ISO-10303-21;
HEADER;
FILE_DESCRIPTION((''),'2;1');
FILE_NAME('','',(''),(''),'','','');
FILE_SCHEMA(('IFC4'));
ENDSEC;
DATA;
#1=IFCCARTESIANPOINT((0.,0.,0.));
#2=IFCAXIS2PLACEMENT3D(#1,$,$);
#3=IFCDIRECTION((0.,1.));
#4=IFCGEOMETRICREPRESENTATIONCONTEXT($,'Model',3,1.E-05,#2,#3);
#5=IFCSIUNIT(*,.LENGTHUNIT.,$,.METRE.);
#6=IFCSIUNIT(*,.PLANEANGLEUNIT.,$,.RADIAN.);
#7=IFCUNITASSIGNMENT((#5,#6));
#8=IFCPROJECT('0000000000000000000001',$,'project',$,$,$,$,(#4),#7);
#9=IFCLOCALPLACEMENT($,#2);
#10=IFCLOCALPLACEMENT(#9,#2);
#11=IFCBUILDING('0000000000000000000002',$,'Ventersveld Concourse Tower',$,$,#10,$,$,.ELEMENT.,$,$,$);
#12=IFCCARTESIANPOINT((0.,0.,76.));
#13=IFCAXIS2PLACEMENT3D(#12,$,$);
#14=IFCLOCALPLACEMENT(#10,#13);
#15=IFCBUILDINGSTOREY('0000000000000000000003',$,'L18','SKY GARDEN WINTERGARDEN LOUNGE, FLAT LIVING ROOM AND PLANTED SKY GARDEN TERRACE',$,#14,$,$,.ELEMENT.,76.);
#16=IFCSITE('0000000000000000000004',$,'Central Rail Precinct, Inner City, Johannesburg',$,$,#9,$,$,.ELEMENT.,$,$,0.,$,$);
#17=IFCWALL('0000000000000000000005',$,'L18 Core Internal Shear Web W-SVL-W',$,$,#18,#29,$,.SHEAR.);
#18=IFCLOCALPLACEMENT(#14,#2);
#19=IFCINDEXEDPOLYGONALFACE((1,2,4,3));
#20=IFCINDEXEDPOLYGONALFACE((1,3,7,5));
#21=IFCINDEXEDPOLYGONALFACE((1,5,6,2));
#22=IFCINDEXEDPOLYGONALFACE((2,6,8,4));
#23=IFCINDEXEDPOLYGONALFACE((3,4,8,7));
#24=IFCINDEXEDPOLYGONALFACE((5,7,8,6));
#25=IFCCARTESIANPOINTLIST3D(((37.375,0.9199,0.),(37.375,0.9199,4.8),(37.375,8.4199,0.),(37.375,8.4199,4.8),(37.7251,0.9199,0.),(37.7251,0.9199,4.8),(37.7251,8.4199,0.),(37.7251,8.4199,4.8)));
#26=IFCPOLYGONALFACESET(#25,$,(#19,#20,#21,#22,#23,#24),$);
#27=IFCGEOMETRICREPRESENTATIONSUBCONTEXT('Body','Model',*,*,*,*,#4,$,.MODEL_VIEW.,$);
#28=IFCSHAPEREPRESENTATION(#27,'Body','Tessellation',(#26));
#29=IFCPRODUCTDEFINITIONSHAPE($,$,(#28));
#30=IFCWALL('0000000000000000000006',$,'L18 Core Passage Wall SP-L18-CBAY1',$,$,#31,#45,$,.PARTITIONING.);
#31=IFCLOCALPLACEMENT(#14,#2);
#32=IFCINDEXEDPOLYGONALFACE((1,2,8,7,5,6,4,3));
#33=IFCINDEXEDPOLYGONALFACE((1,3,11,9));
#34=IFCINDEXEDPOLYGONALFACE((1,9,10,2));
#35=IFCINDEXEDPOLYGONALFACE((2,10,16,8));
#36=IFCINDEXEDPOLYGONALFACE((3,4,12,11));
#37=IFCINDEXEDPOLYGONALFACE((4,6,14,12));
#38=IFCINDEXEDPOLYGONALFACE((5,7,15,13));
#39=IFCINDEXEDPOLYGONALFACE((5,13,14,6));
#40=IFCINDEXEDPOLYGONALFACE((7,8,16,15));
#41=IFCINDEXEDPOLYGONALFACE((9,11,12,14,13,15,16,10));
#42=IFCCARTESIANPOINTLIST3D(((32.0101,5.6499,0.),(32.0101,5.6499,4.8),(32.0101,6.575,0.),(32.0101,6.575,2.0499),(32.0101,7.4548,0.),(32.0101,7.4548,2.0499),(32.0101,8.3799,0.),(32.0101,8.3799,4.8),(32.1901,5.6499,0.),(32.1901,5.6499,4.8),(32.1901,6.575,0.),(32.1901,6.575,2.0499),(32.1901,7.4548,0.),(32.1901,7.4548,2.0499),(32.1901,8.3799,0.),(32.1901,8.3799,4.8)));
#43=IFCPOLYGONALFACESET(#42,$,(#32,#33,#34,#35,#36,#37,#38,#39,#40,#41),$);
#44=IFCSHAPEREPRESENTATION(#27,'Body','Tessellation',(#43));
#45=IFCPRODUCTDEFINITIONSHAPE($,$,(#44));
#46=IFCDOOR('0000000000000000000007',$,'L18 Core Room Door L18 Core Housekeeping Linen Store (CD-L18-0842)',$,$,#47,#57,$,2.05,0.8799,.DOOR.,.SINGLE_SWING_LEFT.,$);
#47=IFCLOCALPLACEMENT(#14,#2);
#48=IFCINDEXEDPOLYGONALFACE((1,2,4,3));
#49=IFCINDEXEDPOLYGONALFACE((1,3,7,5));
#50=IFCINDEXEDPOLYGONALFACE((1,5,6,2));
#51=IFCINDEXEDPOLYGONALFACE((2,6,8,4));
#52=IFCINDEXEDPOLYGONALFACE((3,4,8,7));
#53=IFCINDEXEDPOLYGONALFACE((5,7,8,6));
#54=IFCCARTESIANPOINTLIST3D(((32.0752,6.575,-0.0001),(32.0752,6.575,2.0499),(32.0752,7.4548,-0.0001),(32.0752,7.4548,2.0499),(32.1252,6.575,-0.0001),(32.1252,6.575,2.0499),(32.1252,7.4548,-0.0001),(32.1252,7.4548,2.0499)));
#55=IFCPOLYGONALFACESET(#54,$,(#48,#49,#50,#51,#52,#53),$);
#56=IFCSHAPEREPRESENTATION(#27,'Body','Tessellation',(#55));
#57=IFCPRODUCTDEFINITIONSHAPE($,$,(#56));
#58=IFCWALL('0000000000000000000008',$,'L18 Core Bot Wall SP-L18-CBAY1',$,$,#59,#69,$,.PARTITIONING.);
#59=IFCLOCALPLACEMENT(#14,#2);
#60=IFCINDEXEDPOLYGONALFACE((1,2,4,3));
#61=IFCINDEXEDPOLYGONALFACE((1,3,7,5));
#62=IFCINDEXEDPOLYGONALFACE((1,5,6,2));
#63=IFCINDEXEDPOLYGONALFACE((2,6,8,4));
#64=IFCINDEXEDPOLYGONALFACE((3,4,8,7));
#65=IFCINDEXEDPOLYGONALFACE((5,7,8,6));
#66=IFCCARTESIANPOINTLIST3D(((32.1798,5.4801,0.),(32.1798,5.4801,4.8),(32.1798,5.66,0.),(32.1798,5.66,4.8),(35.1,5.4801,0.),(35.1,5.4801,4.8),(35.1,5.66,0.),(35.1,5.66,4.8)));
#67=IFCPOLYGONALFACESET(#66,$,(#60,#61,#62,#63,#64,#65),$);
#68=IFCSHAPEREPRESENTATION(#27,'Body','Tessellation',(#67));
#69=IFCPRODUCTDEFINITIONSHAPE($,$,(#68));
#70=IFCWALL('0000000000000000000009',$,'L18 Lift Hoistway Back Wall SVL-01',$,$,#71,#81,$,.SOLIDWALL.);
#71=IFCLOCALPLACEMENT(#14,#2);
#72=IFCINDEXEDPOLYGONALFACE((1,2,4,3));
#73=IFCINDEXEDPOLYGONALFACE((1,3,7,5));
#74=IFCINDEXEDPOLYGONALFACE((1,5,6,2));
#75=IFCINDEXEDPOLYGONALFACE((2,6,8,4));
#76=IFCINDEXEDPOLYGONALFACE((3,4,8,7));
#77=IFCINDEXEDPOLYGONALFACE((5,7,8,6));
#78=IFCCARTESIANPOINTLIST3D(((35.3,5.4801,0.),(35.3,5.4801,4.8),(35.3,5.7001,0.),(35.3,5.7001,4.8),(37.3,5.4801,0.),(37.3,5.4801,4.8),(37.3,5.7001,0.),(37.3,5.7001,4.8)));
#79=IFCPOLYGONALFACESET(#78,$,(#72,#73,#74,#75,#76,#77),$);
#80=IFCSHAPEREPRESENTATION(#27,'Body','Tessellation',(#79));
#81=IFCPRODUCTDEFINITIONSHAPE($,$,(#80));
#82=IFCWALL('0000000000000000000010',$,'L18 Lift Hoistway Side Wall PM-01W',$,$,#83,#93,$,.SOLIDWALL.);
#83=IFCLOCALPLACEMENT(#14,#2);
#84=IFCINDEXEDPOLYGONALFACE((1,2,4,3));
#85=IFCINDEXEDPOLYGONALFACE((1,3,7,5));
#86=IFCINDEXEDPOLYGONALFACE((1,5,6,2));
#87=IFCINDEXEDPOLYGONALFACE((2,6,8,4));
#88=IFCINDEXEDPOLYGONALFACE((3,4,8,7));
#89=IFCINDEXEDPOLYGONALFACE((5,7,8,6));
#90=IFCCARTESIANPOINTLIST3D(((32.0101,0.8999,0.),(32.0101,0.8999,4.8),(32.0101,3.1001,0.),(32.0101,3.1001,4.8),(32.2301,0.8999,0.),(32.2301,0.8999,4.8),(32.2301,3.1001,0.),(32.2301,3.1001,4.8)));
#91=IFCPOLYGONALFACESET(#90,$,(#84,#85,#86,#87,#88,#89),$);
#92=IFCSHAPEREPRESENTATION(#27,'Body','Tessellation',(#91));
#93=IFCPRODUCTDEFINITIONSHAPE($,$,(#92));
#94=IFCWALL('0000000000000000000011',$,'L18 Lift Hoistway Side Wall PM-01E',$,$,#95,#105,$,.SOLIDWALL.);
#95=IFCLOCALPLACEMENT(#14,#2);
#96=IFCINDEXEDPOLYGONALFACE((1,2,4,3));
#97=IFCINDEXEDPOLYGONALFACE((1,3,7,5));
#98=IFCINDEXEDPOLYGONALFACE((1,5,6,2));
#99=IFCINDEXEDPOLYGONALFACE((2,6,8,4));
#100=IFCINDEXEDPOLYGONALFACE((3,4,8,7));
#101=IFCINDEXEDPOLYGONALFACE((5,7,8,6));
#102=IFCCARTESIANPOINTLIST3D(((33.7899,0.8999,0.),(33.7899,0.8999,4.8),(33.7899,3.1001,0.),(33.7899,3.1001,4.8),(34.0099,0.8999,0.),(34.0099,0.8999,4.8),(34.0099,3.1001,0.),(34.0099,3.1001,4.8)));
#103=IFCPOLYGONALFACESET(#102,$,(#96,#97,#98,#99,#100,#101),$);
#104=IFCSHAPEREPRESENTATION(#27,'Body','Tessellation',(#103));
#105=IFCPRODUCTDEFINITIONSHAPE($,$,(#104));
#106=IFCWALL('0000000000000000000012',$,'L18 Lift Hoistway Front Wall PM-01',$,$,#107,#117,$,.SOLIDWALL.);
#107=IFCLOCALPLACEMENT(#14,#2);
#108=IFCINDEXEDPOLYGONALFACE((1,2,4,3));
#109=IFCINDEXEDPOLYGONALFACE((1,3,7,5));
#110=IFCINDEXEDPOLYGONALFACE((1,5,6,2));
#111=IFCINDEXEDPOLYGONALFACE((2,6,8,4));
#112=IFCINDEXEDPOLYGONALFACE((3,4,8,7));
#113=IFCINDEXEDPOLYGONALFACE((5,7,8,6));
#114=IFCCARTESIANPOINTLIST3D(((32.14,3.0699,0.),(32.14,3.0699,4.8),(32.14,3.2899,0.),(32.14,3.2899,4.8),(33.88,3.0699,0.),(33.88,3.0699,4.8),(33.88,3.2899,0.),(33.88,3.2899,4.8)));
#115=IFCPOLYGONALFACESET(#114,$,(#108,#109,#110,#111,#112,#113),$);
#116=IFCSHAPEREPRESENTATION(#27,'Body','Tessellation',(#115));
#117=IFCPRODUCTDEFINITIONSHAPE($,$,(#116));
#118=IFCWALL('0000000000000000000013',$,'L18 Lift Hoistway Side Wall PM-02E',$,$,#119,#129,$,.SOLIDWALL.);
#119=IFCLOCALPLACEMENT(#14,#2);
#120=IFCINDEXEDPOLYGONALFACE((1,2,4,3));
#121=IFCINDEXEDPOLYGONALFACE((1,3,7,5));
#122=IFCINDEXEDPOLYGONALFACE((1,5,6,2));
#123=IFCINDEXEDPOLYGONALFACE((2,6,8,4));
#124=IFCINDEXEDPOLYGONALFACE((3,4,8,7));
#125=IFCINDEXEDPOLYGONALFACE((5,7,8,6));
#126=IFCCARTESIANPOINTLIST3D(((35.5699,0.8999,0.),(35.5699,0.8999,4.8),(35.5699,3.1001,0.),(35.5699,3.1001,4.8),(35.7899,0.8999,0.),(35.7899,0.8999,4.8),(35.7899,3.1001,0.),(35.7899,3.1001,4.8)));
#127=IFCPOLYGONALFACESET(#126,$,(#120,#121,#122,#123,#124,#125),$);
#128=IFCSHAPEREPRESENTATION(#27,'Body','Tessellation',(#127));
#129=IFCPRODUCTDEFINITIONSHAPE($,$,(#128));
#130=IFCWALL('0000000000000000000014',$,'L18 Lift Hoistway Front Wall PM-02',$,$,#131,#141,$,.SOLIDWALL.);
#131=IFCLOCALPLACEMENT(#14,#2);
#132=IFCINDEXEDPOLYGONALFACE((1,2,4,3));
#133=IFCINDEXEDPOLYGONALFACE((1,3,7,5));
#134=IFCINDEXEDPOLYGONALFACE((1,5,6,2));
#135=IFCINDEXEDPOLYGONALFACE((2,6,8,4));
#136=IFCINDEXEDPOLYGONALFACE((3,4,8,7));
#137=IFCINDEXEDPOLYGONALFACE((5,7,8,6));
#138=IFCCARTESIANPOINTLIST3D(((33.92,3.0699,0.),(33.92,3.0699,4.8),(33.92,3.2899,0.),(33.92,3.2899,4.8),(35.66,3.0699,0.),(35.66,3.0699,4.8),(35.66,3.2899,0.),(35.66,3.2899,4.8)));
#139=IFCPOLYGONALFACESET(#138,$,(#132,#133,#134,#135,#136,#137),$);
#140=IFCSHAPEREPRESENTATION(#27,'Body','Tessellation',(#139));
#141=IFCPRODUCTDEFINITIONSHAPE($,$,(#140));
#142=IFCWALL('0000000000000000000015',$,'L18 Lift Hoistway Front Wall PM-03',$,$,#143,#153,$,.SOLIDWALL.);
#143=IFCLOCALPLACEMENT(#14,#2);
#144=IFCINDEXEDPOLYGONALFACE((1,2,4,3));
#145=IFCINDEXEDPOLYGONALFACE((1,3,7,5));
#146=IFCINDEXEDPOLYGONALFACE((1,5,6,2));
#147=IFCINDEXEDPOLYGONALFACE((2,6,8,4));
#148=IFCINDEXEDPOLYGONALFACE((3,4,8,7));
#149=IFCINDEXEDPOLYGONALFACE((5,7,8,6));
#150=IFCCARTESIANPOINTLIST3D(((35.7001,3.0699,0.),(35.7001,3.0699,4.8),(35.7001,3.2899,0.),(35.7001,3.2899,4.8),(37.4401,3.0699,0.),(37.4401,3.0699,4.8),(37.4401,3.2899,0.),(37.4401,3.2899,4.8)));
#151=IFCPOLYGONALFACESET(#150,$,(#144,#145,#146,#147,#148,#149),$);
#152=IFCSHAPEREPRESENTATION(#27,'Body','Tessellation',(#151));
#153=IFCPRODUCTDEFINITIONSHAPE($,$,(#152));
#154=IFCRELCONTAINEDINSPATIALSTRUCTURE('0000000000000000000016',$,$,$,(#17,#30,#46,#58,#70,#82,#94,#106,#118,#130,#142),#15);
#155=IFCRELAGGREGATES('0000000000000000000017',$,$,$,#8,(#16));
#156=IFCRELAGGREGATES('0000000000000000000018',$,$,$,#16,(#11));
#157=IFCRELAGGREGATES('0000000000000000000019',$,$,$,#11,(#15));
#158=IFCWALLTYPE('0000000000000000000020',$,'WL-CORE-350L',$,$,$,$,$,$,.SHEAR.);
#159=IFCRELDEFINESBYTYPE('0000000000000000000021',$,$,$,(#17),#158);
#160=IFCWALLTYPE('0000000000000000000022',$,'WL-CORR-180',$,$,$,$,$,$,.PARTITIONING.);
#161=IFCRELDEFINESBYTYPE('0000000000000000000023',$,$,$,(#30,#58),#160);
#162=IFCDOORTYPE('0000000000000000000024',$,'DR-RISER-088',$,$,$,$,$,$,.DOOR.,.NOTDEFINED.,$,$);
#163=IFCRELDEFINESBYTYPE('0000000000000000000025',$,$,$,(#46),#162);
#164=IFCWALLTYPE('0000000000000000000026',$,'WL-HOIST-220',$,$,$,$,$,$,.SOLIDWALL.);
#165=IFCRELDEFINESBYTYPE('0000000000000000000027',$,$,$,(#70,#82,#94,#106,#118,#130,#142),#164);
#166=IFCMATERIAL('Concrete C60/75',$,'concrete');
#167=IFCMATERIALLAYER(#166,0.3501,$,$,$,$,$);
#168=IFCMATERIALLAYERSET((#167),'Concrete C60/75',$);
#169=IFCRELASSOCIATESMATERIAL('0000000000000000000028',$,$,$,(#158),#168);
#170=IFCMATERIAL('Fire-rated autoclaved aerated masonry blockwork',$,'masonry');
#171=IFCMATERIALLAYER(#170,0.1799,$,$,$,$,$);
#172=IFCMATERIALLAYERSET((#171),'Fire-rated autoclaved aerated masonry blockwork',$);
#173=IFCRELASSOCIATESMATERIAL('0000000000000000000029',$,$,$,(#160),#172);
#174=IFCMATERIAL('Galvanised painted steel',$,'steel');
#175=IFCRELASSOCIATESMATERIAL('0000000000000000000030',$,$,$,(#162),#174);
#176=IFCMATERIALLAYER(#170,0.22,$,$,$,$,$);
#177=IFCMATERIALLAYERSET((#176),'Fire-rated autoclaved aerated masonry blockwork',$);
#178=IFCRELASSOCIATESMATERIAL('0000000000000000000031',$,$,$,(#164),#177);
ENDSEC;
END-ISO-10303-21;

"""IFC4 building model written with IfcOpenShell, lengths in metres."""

from ifc_helpers import new_model, si_unit, direction, frame, frame_2d, origin, place, context, subcontext, project, spatial, rectangle, extrude, material, layer, layer_set, type_object, element, fill, save


model = new_model("IFC4")

# Units and contexts
model_context = context("Model", 3, precision=1e-05, world=origin(), true_north=direction((0.0, 1.0)))
body_context = subcontext(model_context, "Body", "Model", "MODEL_VIEW")
ifc_project = project(units=[si_unit("LENGTHUNIT", "METRE"), si_unit("PLANEANGLEUNIT", "RADIAN")], contexts=[model_context])

# Site, building, storey
site_placement = place(None, origin())
site = spatial("IfcSite", under=ifc_project, at=site_placement, Name="Central Rail Precinct, Inner City, Johannesburg", CompositionType="ELEMENT", RefElevation=0.0)
building_placement = place(site_placement, origin())
building = spatial("IfcBuilding", under=site, at=building_placement, Name="Ventersveld Concourse Tower", CompositionType="ELEMENT")
storey_placement = place(building_placement, frame((0.0, 0.0, 76.0)))
storey = spatial("IfcBuildingStorey", under=building, at=storey_placement, Name="L18", Description="SKY GARDEN WINTERGARDEN LOUNGE, FLAT LIVING ROOM AND PLANTED SKY GARDEN TERRACE", CompositionType="ELEMENT", Elevation=76.0)

# Wall
ifc_material_1 = material(Name="Concrete C60/75", Category="concrete")
ifc_layer_1 = layer(ifc_material_1, 0.3501)
ifc_layer_set_1 = layer_set([ifc_layer_1], Name="Concrete C60/75")
wall_type_1 = type_object("IfcWallType", Name="WL-CORE-350L", PredefinedType="SHEAR", material=ifc_layer_set_1)
for number, where, z_axis, x_axis, name in (
    (1, (37.55, 0.9199, 0.0), (0.0, 0.0, 1.0), (0.0, 1.0, 0.0), "L18 Core Internal Shear Web W-SVL-W"),
):
    element("IfcWall", number, at=place(storey_placement, frame(where, z_axis=z_axis, x_axis=x_axis)), inside=storey, type_object=wall_type_1, Name=name, PredefinedType="SHEAR", context=body_context, shape_type="SweptSolid", body=[
        extrude(rectangle(XDim=7.5, YDim=0.3501, at=frame_2d((3.75, 0.0))), origin(), (0.0, 0.0, 1.0), 4.8),
    ])

# Wall, opening, door
ifc_material_2 = material(Name="Fire-rated autoclaved aerated masonry blockwork", Category="masonry")
ifc_layer_2 = layer(ifc_material_2, 0.1799)
ifc_layer_set_2 = layer_set([ifc_layer_2], Name="Fire-rated autoclaved aerated masonry blockwork")
wall_type_2 = type_object("IfcWallType", Name="WL-CORR-180", PredefinedType="PARTITIONING", material=ifc_layer_set_2)
wall_1_placement = place(storey_placement, frame((32.1001, 5.6499, 0.0), z_axis=(0.0, 0.0, 1.0), x_axis=(0.0, 1.0, 0.0)))
wall_1 = element("IfcWall", 2, at=wall_1_placement, inside=storey, type_object=wall_type_2, Name="L18 Core Passage Wall SP-L18-CBAY1", PredefinedType="PARTITIONING", context=body_context, shape_type="SweptSolid", body=[
    extrude(rectangle(XDim=2.73, YDim=0.1799, at=frame_2d((1.365, 0.0))), origin(), (0.0, 0.0, 1.0), 4.8),
])
opening_placement = place(wall_1_placement, frame((0.925, 0.0, 0.0)))
opening = element("IfcOpeningElement", 3, at=opening_placement, cuts=wall_1, PredefinedType="OPENING", context=body_context, shape_type="SweptSolid", body=[
    extrude(rectangle(XDim=0.8799, YDim=2.05, at=frame_2d((0.4399, 1.0249))), frame((0.0, 0.1001, 0.0), z_axis=(0.0, -1.0, 0.0), x_axis=(1.0, 0.0, 0.0)), (0.0, 0.0, 1.0), 0.2),
])
ifc_material_3 = material(Name="Galvanised painted steel", Category="steel")
door_type = type_object("IfcDoorType", Name="DR-RISER-088", OperationType="NOTDEFINED", PredefinedType="DOOR", material=ifc_material_3)
door_placement = place(opening_placement, origin())
door = element("IfcDoor", 4, at=door_placement, inside=storey, type_object=door_type, Name="L18 Core Room Door L18 Core Housekeeping Linen Store (CD-L18-0842)", OperationType="SINGLE_SWING_LEFT", OverallHeight=2.05, OverallWidth=0.8799, PredefinedType="DOOR", context=body_context, shape_type="SweptSolid", body=[
    extrude(rectangle(XDim=0.8799, YDim=2.05, at=frame_2d((0.4399, 1.0249))), frame((0.0, 0.0249, 0.0), z_axis=(0.0, -1.0, 0.0), x_axis=(1.0, 0.0, 0.0)), (0.0, 0.0, 1.0), 0.05),
])
fill(opening, door)

# Walls
wall_2_placement = place(storey_placement, frame((32.1799, 5.5701, 0.0), z_axis=(0.0, 0.0, 1.0), x_axis=(1.0, 0.0, 0.0)))
element("IfcWall", 5, at=wall_2_placement, inside=storey, type_object=wall_type_2, Name="L18 Core Bot Wall SP-L18-CBAY1", PredefinedType="PARTITIONING", context=body_context, shape_type="SweptSolid", body=[
    extrude(rectangle(XDim=2.9202, YDim=0.1799, at=frame_2d((1.46, 0.0))), origin(), (0.0, 0.0, 1.0), 4.8),
])
ifc_layer_3 = layer(ifc_material_2, 0.22)
ifc_layer_set_3 = layer_set([ifc_layer_3], Name="Fire-rated autoclaved aerated masonry blockwork")
wall_type_3 = type_object("IfcWallType", Name="WL-HOIST-220", PredefinedType="SOLIDWALL", material=ifc_layer_set_3)
wall_3_placement = place(storey_placement, frame((35.3, 5.5901, 0.0), z_axis=(0.0, 0.0, 1.0), x_axis=(1.0, 0.0, 0.0)))
element("IfcWall", 6, at=wall_3_placement, inside=storey, type_object=wall_type_3, Name="L18 Lift Hoistway Back Wall SVL-01", PredefinedType="SOLIDWALL", context=body_context, shape_type="SweptSolid", body=[
    extrude(rectangle(XDim=2.0, YDim=0.22, at=frame_2d((1.0, 0.0))), origin(), (0.0, 0.0, 1.0), 4.8),
])
for number, where, z_axis, x_axis, name in (
    (7, (32.1201, 0.8999, 0.0), (0.0, 0.0, 1.0), (0.0, 1.0, 0.0), "L18 Lift Hoistway Side Wall PM-01W"),
    (8, (33.8999, 0.8999, 0.0), (0.0, 0.0, 1.0), (0.0, 1.0, 0.0), "L18 Lift Hoistway Side Wall PM-01E"),
):
    element("IfcWall", number, at=place(storey_placement, frame(where, z_axis=z_axis, x_axis=x_axis)), inside=storey, type_object=wall_type_3, Name=name, PredefinedType="SOLIDWALL", context=body_context, shape_type="SweptSolid", body=[
        extrude(rectangle(XDim=2.2002, YDim=0.22, at=frame_2d((1.1001, 0.0))), origin(), (0.0, 0.0, 1.0), 4.8),
    ])
wall_4_placement = place(storey_placement, frame((32.1399, 3.1799, 0.0), z_axis=(0.0, 0.0, 1.0), x_axis=(1.0, 0.0, 0.0)))
element("IfcWall", 9, at=wall_4_placement, inside=storey, type_object=wall_type_3, Name="L18 Lift Hoistway Front Wall PM-01", PredefinedType="SOLIDWALL", context=body_context, shape_type="SweptSolid", body=[
    extrude(rectangle(XDim=1.74, YDim=0.22, at=frame_2d((0.8701, 0.0))), origin(), (0.0, 0.0, 1.0), 4.8),
])
wall_5_placement = place(storey_placement, frame((35.6799, 0.8999, 0.0), z_axis=(0.0, 0.0, 1.0), x_axis=(0.0, 1.0, 0.0)))
element("IfcWall", 10, at=wall_5_placement, inside=storey, type_object=wall_type_3, Name="L18 Lift Hoistway Side Wall PM-02E", PredefinedType="SOLIDWALL", context=body_context, shape_type="SweptSolid", body=[
    extrude(rectangle(XDim=2.2002, YDim=0.22, at=frame_2d((1.1001, 0.0))), origin(), (0.0, 0.0, 1.0), 4.8),
])
for number, where, z_axis, x_axis, name in (
    (11, (33.9199, 3.1799, 0.0), (0.0, 0.0, 1.0), (1.0, 0.0, 0.0), "L18 Lift Hoistway Front Wall PM-02"),
    (12, (35.7, 3.1799, 0.0), (0.0, 0.0, 1.0), (1.0, 0.0, 0.0), "L18 Lift Hoistway Front Wall PM-03"),
):
    element("IfcWall", number, at=place(storey_placement, frame(where, z_axis=z_axis, x_axis=x_axis)), inside=storey, type_object=wall_type_3, Name=name, PredefinedType="SOLIDWALL", context=body_context, shape_type="SweptSolid", body=[
        extrude(rectangle(XDim=1.74, YDim=0.22, at=frame_2d((0.8701, 0.0))), origin(), (0.0, 0.0, 1.0), 4.8),
    ])

save(model, "model.ifc")
